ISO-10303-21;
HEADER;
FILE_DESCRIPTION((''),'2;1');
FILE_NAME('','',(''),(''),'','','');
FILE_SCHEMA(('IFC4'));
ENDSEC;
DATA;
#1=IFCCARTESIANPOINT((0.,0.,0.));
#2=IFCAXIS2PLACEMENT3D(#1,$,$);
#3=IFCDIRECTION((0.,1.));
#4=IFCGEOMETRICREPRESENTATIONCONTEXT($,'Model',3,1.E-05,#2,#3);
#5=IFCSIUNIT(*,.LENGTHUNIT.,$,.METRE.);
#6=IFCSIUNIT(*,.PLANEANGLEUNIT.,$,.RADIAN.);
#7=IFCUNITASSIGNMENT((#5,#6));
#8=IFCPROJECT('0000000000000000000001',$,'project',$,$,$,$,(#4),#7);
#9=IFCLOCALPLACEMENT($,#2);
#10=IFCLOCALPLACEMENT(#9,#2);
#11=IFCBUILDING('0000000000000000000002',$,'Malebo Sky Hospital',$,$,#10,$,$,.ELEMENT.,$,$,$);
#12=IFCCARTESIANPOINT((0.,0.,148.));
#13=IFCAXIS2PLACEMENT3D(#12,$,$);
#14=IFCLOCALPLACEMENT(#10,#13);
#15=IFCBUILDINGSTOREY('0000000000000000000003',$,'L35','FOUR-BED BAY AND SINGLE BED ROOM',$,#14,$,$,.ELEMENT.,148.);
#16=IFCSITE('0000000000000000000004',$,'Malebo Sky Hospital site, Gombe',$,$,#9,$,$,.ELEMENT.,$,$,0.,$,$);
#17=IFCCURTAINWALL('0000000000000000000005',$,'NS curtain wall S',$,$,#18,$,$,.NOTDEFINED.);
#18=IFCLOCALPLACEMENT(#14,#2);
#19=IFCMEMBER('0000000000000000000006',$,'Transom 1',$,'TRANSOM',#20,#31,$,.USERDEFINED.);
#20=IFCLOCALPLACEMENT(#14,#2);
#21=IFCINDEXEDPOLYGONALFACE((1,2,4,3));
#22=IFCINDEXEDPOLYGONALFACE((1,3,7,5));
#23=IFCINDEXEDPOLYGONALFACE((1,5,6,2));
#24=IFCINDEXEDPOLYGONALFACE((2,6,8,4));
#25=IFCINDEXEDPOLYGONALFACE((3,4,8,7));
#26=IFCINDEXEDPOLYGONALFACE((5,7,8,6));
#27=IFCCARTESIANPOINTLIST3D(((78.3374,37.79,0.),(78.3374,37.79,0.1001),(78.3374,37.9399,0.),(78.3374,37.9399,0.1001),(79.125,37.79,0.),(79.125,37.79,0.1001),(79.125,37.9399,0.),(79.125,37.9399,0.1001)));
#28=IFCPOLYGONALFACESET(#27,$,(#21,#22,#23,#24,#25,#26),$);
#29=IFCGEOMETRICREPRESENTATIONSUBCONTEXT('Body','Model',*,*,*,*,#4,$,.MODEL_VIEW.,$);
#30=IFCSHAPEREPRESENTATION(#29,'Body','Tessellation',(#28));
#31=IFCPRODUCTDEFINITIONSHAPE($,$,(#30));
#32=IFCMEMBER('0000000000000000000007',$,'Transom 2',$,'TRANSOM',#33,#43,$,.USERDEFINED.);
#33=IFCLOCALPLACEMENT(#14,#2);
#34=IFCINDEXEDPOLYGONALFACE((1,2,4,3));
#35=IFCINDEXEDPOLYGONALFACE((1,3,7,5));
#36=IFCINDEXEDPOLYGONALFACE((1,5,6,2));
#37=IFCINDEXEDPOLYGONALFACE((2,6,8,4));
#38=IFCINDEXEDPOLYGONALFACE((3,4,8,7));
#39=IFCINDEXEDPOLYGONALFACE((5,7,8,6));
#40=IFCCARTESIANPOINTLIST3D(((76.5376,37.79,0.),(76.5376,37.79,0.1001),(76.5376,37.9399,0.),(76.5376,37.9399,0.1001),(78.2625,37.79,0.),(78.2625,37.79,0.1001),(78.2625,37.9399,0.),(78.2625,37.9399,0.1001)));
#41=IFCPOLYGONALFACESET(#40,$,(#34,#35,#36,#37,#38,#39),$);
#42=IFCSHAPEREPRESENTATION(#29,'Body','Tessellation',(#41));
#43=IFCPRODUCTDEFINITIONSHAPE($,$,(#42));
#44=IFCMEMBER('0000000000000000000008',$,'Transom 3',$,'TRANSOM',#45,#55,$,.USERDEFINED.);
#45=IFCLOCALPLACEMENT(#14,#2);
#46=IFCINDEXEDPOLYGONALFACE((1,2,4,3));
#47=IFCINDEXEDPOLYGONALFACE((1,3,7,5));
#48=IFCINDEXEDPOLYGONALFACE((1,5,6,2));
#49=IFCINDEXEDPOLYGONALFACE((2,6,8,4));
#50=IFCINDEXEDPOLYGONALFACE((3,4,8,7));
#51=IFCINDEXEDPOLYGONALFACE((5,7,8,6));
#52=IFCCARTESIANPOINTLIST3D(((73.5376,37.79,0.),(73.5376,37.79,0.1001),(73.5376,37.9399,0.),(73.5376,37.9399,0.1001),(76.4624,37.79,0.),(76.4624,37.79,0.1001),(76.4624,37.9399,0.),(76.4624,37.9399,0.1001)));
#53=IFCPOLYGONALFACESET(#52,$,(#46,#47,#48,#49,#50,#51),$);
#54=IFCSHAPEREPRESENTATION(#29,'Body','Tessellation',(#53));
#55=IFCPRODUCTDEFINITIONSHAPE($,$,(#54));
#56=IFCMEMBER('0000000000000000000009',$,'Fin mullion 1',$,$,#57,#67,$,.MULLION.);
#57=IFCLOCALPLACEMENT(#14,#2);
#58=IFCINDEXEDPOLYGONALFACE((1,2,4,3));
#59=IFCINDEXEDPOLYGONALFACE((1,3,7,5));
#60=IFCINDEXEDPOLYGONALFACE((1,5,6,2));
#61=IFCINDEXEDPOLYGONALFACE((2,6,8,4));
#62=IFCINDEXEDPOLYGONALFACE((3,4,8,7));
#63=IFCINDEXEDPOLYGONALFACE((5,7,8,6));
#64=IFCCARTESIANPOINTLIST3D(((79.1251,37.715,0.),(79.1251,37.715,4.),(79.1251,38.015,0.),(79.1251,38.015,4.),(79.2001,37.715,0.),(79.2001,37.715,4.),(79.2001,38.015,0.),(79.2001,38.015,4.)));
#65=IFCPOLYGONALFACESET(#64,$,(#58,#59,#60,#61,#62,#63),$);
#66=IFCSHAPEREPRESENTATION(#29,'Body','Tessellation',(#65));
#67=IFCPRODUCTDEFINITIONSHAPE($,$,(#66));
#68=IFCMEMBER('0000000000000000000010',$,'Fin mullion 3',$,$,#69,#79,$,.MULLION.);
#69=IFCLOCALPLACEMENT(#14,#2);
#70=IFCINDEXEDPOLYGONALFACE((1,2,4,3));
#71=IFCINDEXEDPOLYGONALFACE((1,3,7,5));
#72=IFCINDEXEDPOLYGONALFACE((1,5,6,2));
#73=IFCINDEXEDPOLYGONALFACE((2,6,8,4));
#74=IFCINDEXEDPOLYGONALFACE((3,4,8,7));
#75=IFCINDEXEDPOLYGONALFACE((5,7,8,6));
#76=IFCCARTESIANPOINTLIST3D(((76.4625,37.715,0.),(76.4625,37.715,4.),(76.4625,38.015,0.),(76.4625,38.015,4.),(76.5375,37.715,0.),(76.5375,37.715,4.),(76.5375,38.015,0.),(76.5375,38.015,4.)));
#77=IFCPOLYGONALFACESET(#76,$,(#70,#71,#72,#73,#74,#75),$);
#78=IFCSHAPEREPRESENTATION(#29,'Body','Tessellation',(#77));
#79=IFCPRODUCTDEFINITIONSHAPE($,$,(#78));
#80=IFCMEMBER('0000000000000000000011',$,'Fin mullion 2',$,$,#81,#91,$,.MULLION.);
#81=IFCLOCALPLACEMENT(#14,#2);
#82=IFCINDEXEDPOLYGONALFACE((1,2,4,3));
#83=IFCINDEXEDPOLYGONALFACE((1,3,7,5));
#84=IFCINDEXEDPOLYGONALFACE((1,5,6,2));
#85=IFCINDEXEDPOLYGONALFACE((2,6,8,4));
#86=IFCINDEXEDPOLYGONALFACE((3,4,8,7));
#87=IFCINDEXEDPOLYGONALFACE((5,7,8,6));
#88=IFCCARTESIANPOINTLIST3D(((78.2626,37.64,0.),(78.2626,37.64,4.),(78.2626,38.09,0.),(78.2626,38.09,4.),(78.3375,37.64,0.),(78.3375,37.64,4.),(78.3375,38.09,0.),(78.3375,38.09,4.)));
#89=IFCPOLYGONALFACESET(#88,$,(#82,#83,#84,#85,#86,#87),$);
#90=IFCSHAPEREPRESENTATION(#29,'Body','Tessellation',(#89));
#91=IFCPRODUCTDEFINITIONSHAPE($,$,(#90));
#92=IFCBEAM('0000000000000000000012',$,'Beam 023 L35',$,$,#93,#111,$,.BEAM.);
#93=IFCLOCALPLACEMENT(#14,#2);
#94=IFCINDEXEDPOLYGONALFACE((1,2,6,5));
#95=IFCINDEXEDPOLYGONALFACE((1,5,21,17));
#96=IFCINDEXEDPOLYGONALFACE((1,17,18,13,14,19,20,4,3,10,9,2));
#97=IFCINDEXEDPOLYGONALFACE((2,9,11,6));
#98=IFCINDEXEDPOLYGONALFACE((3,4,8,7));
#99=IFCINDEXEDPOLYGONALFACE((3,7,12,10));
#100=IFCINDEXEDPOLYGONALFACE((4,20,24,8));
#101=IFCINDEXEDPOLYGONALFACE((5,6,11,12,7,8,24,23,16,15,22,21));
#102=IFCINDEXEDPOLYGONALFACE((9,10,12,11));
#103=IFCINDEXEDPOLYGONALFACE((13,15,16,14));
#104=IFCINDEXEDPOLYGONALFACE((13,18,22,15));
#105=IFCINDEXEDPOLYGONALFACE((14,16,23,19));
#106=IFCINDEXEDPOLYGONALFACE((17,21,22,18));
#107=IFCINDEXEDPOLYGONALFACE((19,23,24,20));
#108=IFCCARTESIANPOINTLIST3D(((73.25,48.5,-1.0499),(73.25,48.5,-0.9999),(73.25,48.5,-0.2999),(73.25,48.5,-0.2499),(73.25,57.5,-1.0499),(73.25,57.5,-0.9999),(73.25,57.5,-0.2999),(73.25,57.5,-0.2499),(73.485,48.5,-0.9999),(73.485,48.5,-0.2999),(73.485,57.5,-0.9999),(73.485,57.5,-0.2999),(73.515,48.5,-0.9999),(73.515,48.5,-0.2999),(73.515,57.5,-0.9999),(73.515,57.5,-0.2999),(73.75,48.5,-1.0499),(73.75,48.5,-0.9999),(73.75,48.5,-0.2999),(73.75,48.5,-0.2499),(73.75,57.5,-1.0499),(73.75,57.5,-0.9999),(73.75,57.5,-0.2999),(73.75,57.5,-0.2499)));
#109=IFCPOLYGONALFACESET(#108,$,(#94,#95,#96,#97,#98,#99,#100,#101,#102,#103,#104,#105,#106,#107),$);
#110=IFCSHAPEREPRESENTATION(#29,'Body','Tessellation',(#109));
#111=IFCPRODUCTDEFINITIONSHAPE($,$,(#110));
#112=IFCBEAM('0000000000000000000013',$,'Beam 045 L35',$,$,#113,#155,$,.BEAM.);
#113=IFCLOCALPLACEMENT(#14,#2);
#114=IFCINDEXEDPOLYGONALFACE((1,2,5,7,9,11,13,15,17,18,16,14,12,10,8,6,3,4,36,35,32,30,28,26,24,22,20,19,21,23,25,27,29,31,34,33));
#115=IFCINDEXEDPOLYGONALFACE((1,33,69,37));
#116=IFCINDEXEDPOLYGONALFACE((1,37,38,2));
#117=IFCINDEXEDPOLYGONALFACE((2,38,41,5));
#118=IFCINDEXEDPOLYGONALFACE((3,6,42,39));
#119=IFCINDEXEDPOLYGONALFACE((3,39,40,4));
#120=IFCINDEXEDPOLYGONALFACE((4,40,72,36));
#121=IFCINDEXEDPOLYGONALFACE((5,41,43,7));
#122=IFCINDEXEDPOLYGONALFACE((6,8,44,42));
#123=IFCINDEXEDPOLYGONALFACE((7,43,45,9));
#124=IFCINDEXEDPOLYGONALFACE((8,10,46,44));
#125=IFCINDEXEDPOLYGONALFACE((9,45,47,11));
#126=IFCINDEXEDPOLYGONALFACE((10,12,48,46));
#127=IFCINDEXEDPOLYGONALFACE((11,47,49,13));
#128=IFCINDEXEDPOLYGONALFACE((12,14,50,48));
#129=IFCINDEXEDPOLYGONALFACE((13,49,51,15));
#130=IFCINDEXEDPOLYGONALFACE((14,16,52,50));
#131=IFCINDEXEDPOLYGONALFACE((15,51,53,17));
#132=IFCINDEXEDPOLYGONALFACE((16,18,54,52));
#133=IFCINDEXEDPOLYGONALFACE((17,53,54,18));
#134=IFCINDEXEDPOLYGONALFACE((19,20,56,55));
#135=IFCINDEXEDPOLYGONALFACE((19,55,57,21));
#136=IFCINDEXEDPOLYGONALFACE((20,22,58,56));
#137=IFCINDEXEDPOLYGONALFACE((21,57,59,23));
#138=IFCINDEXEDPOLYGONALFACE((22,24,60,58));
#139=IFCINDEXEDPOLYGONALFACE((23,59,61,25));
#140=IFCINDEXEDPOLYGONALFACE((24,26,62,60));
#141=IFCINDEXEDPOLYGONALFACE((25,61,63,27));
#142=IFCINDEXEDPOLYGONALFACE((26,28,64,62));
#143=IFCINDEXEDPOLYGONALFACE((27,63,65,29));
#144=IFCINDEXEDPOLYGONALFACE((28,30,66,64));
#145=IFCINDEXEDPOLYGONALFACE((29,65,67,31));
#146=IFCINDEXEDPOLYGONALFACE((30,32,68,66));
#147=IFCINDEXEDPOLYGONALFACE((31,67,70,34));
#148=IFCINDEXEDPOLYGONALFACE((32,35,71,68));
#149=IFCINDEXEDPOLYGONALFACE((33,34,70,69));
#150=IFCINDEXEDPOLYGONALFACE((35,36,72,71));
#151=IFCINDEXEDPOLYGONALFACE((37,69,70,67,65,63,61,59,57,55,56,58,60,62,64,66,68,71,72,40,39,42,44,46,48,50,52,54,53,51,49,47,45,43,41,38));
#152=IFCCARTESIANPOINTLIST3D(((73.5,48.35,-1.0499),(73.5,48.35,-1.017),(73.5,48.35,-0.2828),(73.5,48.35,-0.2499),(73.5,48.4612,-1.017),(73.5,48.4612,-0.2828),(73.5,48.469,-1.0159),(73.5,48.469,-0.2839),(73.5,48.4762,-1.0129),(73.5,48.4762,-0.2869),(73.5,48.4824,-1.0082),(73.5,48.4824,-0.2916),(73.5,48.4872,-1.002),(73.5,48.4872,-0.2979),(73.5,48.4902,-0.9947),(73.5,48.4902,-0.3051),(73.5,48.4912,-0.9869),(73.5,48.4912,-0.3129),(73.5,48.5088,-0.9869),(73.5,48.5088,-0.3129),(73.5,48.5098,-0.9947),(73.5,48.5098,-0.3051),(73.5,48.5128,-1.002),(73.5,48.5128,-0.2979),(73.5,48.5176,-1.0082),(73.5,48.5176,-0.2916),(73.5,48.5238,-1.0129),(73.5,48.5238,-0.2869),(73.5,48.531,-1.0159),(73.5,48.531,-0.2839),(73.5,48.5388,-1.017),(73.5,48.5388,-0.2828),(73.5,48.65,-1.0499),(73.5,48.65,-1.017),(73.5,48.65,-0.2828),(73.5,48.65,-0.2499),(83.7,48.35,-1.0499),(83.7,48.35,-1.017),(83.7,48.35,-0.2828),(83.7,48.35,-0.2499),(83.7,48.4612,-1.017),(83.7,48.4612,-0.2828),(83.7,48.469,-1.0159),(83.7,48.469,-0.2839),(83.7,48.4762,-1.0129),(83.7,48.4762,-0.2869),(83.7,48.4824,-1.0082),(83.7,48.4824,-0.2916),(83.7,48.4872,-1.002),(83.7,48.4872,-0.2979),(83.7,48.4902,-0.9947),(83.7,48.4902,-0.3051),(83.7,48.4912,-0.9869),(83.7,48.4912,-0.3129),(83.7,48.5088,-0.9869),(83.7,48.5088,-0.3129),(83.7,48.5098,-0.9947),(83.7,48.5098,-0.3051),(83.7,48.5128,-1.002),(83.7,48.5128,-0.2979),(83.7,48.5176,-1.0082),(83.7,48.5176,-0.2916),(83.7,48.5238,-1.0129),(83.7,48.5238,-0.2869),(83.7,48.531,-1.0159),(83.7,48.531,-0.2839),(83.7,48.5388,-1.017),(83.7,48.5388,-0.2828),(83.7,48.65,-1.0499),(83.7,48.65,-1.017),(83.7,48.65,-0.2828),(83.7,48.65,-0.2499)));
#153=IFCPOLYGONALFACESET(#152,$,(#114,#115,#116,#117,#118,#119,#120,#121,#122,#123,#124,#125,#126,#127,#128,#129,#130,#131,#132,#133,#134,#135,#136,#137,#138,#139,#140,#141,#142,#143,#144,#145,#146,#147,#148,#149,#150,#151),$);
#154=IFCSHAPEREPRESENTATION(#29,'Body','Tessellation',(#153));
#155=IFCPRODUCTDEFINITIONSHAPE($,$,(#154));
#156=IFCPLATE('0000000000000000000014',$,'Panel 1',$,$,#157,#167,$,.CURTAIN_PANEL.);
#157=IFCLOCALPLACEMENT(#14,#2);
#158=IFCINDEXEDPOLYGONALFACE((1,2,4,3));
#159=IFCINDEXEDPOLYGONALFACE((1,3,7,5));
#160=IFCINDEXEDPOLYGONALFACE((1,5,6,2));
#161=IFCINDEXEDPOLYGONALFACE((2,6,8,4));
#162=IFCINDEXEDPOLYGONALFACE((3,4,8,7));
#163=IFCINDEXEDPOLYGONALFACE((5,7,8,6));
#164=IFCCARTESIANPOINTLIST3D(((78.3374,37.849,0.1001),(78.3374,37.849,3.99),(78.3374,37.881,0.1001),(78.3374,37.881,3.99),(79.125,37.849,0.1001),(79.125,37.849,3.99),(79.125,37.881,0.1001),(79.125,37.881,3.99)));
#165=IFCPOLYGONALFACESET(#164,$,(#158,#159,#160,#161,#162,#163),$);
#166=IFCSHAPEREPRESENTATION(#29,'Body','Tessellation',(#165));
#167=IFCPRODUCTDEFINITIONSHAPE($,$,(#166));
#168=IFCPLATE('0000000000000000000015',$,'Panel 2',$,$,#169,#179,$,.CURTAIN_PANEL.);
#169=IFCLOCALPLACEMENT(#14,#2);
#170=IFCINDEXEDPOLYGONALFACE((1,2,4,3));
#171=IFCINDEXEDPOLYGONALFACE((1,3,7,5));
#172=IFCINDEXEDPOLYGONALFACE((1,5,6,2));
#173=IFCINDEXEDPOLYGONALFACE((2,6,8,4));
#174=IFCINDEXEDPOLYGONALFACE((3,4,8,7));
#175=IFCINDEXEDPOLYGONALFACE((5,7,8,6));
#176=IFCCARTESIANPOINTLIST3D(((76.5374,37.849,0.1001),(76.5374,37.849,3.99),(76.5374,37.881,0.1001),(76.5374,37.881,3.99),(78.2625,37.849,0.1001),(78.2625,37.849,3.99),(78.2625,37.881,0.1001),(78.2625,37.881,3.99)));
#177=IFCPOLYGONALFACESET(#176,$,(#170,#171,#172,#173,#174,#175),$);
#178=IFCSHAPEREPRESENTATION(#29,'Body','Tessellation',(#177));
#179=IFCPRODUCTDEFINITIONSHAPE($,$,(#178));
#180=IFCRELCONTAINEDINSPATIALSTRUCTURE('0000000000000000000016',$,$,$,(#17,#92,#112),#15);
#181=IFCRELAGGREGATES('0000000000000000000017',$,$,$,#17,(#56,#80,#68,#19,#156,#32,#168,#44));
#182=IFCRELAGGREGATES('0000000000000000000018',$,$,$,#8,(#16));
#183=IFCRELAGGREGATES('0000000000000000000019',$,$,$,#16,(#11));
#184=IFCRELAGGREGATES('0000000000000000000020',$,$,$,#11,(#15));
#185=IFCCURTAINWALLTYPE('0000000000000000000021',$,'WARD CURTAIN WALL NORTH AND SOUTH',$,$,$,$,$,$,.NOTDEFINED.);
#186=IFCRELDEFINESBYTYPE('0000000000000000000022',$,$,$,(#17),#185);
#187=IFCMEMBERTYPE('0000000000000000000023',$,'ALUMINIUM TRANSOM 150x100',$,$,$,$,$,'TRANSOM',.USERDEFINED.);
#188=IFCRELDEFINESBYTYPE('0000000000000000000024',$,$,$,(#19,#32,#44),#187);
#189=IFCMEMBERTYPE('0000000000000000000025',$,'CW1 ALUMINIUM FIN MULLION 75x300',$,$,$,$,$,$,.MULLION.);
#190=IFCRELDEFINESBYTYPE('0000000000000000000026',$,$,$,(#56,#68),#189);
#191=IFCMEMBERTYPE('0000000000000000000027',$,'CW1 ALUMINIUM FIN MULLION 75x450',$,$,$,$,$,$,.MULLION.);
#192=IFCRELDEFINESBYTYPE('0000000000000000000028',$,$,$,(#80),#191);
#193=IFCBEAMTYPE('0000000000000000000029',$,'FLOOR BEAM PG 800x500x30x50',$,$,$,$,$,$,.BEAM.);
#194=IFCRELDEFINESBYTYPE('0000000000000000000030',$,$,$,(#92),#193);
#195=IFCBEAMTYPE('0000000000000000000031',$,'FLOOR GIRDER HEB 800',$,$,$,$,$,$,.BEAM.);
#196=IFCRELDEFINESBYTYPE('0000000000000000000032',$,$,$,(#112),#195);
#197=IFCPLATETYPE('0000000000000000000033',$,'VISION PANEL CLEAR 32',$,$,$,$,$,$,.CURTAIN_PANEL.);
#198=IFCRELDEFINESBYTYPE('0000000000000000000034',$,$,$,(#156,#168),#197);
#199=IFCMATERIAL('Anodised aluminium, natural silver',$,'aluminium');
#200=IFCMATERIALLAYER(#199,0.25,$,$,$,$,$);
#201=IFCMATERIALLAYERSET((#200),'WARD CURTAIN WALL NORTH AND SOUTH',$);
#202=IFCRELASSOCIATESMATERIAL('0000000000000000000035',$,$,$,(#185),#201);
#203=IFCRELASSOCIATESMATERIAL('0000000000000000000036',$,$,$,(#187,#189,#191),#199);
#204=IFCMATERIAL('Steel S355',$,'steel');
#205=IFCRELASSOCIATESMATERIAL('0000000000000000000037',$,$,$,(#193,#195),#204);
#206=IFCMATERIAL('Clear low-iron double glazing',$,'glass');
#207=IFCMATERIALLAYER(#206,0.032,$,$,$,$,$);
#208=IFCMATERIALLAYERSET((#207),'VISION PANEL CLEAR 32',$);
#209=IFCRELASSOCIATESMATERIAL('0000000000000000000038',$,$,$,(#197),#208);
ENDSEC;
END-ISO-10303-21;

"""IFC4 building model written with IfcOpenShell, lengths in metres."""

from ifc_helpers import new_model, si_unit, direction, frame, origin, origin_2d, place, context, subcontext, project, spatial, rectangle, i_section, extrude, material, layer, layer_set, material_profile, profile_set, type_object, element, aggregate, save


model = new_model("IFC4")

# Units and contexts
model_context = context("Model", 3, precision=1e-05, world=origin(), true_north=direction((0.0, 1.0)))
body_context = subcontext(model_context, "Body", "Model", "MODEL_VIEW")
ifc_project = project(units=[si_unit("LENGTHUNIT", "METRE"), si_unit("PLANEANGLEUNIT", "RADIAN")], contexts=[model_context])

# Site, building, storey
site_placement = place(None, origin())
site = spatial("IfcSite", under=ifc_project, at=site_placement, Name="Malebo Sky Hospital site, Gombe", CompositionType="ELEMENT", RefElevation=0.0)
building_placement = place(site_placement, origin())
building = spatial("IfcBuilding", under=site, at=building_placement, Name="Malebo Sky Hospital", CompositionType="ELEMENT")
storey_placement = place(building_placement, frame((0.0, 0.0, 148.0)))
storey = spatial("IfcBuildingStorey", under=building, at=storey_placement, Name="L35", Description="FOUR-BED BAY AND SINGLE BED ROOM", CompositionType="ELEMENT", Elevation=148.0)

# Curtain wall, members
ifc_material_1 = material(Name="Anodised aluminium, natural silver", Category="aluminium")
ifc_layer_1 = layer(ifc_material_1, 0.25)
ifc_layer_set_1 = layer_set([ifc_layer_1], Name="WARD CURTAIN WALL NORTH AND SOUTH")
curtain_wall_type = type_object("IfcCurtainWallType", Name="WARD CURTAIN WALL NORTH AND SOUTH", PredefinedType="NOTDEFINED", material=ifc_layer_set_1)
curtain_wall_placement = place(storey_placement, origin())
curtain_wall = element("IfcCurtainWall", 1, at=curtain_wall_placement, inside=storey, type_object=curtain_wall_type, Name="NS curtain wall S", PredefinedType="NOTDEFINED")
ifc_material_profile_1 = material_profile(ifc_material_1, rectangle(XDim=0.1499, YDim=0.1001, at=origin_2d()), Name="ALUMINIUM TRANSOM 150x100")
ifc_profile_set_1 = profile_set([ifc_material_profile_1], Name="Anodised aluminium, natural silver")
member_type_1 = type_object("IfcMemberType", Name="ALUMINIUM TRANSOM 150x100", ElementType="TRANSOM", PredefinedType="USERDEFINED", material=ifc_profile_set_1)
member_1_placement = place(storey_placement, frame((79.125, 37.865, 0.05), z_axis=(-1.0, 0.0, 0.0), x_axis=(0.0, -1.0, 0.0)))
member_1 = element("IfcMember", 2, at=member_1_placement, type_object=member_type_1, Name="Transom 1", ObjectType="TRANSOM", PredefinedType="USERDEFINED", context=body_context, shape_type="SweptSolid", body=[
    extrude(rectangle(XDim=0.1499, YDim=0.1001, at=origin_2d()), origin(), (0.0, 0.0, 1.0), 0.7876),
])
member_2_placement = place(storey_placement, frame((78.2625, 37.865, 0.05), z_axis=(-1.0, 0.0, 0.0), x_axis=(0.0, -1.0, 0.0)))
member_2 = element("IfcMember", 3, at=member_2_placement, type_object=member_type_1, Name="Transom 2", ObjectType="TRANSOM", PredefinedType="USERDEFINED", context=body_context, shape_type="SweptSolid", body=[
    extrude(rectangle(XDim=0.1499, YDim=0.1001, at=origin_2d()), origin(), (0.0, 0.0, 1.0), 1.7249),
])
member_3_placement = place(storey_placement, frame((76.4624, 37.865, 0.05), z_axis=(-1.0, 0.0, 0.0), x_axis=(0.0, -1.0, 0.0)))
member_3 = element("IfcMember", 4, at=member_3_placement, type_object=member_type_1, Name="Transom 3", ObjectType="TRANSOM", PredefinedType="USERDEFINED", context=body_context, shape_type="SweptSolid", body=[
    extrude(rectangle(XDim=0.1499, YDim=0.1001, at=origin_2d()), origin(), (0.0, 0.0, 1.0), 2.9248),
])
ifc_material_profile_2 = material_profile(ifc_material_1, rectangle(XDim=0.075, YDim=0.3, at=origin_2d()), Name="CW1 ALUMINIUM FIN MULLION 75x300")
ifc_profile_set_2 = profile_set([ifc_material_profile_2], Name="Anodised aluminium, natural silver")
member_type_2 = type_object("IfcMemberType", Name="CW1 ALUMINIUM FIN MULLION 75x300", PredefinedType="MULLION", material=ifc_profile_set_2)
member_4_placement = place(storey_placement, frame((79.1626, 37.865, 0.0), z_axis=(0.0, 0.0, 1.0), x_axis=(-1.0, 0.0, 0.0)))
member_4 = element("IfcMember", 5, at=member_4_placement, type_object=member_type_2, Name="Fin mullion 1", PredefinedType="MULLION", context=body_context, shape_type="SweptSolid", body=[
    extrude(rectangle(XDim=0.075, YDim=0.3, at=origin_2d()), origin(), (0.0, 0.0, 1.0), 4.0),
])
member_5_placement = place(storey_placement, frame((76.5, 37.865, 0.0), z_axis=(0.0, 0.0, 1.0), x_axis=(-1.0, 0.0, 0.0)))
member_5 = element("IfcMember", 6, at=member_5_placement, type_object=member_type_2, Name="Fin mullion 3", PredefinedType="MULLION", context=body_context, shape_type="SweptSolid", body=[
    extrude(rectangle(XDim=0.075, YDim=0.3, at=origin_2d()), origin(), (0.0, 0.0, 1.0), 4.0),
])
ifc_material_profile_3 = material_profile(ifc_material_1, rectangle(XDim=0.075, YDim=0.45, at=origin_2d()), Name="CW1 ALUMINIUM FIN MULLION 75x450")
ifc_profile_set_3 = profile_set([ifc_material_profile_3], Name="Anodised aluminium, natural silver")
member_type_3 = type_object("IfcMemberType", Name="CW1 ALUMINIUM FIN MULLION 75x450", PredefinedType="MULLION", material=ifc_profile_set_3)
member_6_placement = place(storey_placement, frame((78.3, 37.865, 0.0), z_axis=(0.0, 0.0, 1.0), x_axis=(-1.0, 0.0, 0.0)))
member_6 = element("IfcMember", 7, at=member_6_placement, type_object=member_type_3, Name="Fin mullion 2", PredefinedType="MULLION", context=body_context, shape_type="SweptSolid", body=[
    extrude(rectangle(XDim=0.075, YDim=0.45, at=origin_2d()), origin(), (0.0, 0.0, 1.0), 4.0),
])

# Beams
ifc_material_2 = material(Name="Steel S355", Category="steel")
ifc_material_profile_4 = material_profile(ifc_material_2, i_section(OverallWidth=0.5, OverallDepth=0.8, WebThickness=0.03, FlangeThickness=0.05, at=origin_2d()), Name="PG 800x500x30x50")
ifc_profile_set_4 = profile_set([ifc_material_profile_4], Name="Steel S355")
beam_type_1 = type_object("IfcBeamType", Name="FLOOR BEAM PG 800x500x30x50", PredefinedType="BEAM", material=ifc_profile_set_4)
beam_1_placement = place(storey_placement, frame((73.5, 48.5, -0.6499), z_axis=(0.0, 1.0, 0.0), x_axis=(-1.0, 0.0, 0.0)))
element("IfcBeam", 8, at=beam_1_placement, inside=storey, type_object=beam_type_1, Name="Beam 023 L35", PredefinedType="BEAM", context=body_context, shape_type="SweptSolid", body=[
    extrude(i_section(OverallWidth=0.5, OverallDepth=0.8, WebThickness=0.03, FlangeThickness=0.05, at=origin_2d()), origin(), (0.0, 0.0, 1.0), 9.0),
])
ifc_material_profile_5 = material_profile(ifc_material_2, i_section(OverallWidth=0.3, OverallDepth=0.8, WebThickness=0.0176, FlangeThickness=0.033, FilletRadius=0.03, at=origin_2d()), Name="HEB 800")
ifc_profile_set_5 = profile_set([ifc_material_profile_5], Name="Steel S355")
beam_type_2 = type_object("IfcBeamType", Name="FLOOR GIRDER HEB 800", PredefinedType="BEAM", material=ifc_profile_set_5)
beam_2_placement = place(storey_placement, frame((73.5, 48.5, -0.6499), z_axis=(1.0, 0.0, 0.0), x_axis=(0.0, 1.0, 0.0)))
element("IfcBeam", 9, at=beam_2_placement, inside=storey, type_object=beam_type_2, Name="Beam 045 L35", PredefinedType="BEAM", context=body_context, shape_type="SweptSolid", body=[
    extrude(i_section(OverallWidth=0.3, OverallDepth=0.8, WebThickness=0.0176, FlangeThickness=0.033, FilletRadius=0.03, at=origin_2d()), origin(), (0.0, 0.0, 1.0), 10.2),
])

# Plates
ifc_material_3 = material(Name="Clear low-iron double glazing", Category="glass")
ifc_layer_2 = layer(ifc_material_3, 0.032)
ifc_layer_set_2 = layer_set([ifc_layer_2], Name="VISION PANEL CLEAR 32")
plate_type = type_object("IfcPlateType", Name="VISION PANEL CLEAR 32", PredefinedType="CURTAIN_PANEL", material=ifc_layer_set_2)
plate_1_placement = place(storey_placement, frame((78.7312, 37.865, 0.1001), z_axis=(0.0, 0.0, 1.0), x_axis=(-1.0, 0.0, 0.0)))
plate_1 = element("IfcPlate", 10, at=plate_1_placement, type_object=plate_type, Name="Panel 1", PredefinedType="CURTAIN_PANEL", context=body_context, shape_type="SweptSolid", body=[
    extrude(rectangle(XDim=0.7876, YDim=0.032, at=origin_2d()), origin(), (0.0, 0.0, 1.0), 3.8899),
])
plate_2_placement = place(storey_placement, frame((77.3999, 37.865, 0.1001), z_axis=(0.0, 0.0, 1.0), x_axis=(-1.0, 0.0, 0.0)))
plate_2 = element("IfcPlate", 11, at=plate_2_placement, type_object=plate_type, Name="Panel 2", PredefinedType="CURTAIN_PANEL", context=body_context, shape_type="SweptSolid", body=[
    extrude(rectangle(XDim=1.7251, YDim=0.032, at=origin_2d()), origin(), (0.0, 0.0, 1.0), 3.8899),
])
aggregate(curtain_wall, [member_4, member_6, member_5, member_1, plate_1, member_2, plate_2, member_3])

save(model, "model.ifc")
